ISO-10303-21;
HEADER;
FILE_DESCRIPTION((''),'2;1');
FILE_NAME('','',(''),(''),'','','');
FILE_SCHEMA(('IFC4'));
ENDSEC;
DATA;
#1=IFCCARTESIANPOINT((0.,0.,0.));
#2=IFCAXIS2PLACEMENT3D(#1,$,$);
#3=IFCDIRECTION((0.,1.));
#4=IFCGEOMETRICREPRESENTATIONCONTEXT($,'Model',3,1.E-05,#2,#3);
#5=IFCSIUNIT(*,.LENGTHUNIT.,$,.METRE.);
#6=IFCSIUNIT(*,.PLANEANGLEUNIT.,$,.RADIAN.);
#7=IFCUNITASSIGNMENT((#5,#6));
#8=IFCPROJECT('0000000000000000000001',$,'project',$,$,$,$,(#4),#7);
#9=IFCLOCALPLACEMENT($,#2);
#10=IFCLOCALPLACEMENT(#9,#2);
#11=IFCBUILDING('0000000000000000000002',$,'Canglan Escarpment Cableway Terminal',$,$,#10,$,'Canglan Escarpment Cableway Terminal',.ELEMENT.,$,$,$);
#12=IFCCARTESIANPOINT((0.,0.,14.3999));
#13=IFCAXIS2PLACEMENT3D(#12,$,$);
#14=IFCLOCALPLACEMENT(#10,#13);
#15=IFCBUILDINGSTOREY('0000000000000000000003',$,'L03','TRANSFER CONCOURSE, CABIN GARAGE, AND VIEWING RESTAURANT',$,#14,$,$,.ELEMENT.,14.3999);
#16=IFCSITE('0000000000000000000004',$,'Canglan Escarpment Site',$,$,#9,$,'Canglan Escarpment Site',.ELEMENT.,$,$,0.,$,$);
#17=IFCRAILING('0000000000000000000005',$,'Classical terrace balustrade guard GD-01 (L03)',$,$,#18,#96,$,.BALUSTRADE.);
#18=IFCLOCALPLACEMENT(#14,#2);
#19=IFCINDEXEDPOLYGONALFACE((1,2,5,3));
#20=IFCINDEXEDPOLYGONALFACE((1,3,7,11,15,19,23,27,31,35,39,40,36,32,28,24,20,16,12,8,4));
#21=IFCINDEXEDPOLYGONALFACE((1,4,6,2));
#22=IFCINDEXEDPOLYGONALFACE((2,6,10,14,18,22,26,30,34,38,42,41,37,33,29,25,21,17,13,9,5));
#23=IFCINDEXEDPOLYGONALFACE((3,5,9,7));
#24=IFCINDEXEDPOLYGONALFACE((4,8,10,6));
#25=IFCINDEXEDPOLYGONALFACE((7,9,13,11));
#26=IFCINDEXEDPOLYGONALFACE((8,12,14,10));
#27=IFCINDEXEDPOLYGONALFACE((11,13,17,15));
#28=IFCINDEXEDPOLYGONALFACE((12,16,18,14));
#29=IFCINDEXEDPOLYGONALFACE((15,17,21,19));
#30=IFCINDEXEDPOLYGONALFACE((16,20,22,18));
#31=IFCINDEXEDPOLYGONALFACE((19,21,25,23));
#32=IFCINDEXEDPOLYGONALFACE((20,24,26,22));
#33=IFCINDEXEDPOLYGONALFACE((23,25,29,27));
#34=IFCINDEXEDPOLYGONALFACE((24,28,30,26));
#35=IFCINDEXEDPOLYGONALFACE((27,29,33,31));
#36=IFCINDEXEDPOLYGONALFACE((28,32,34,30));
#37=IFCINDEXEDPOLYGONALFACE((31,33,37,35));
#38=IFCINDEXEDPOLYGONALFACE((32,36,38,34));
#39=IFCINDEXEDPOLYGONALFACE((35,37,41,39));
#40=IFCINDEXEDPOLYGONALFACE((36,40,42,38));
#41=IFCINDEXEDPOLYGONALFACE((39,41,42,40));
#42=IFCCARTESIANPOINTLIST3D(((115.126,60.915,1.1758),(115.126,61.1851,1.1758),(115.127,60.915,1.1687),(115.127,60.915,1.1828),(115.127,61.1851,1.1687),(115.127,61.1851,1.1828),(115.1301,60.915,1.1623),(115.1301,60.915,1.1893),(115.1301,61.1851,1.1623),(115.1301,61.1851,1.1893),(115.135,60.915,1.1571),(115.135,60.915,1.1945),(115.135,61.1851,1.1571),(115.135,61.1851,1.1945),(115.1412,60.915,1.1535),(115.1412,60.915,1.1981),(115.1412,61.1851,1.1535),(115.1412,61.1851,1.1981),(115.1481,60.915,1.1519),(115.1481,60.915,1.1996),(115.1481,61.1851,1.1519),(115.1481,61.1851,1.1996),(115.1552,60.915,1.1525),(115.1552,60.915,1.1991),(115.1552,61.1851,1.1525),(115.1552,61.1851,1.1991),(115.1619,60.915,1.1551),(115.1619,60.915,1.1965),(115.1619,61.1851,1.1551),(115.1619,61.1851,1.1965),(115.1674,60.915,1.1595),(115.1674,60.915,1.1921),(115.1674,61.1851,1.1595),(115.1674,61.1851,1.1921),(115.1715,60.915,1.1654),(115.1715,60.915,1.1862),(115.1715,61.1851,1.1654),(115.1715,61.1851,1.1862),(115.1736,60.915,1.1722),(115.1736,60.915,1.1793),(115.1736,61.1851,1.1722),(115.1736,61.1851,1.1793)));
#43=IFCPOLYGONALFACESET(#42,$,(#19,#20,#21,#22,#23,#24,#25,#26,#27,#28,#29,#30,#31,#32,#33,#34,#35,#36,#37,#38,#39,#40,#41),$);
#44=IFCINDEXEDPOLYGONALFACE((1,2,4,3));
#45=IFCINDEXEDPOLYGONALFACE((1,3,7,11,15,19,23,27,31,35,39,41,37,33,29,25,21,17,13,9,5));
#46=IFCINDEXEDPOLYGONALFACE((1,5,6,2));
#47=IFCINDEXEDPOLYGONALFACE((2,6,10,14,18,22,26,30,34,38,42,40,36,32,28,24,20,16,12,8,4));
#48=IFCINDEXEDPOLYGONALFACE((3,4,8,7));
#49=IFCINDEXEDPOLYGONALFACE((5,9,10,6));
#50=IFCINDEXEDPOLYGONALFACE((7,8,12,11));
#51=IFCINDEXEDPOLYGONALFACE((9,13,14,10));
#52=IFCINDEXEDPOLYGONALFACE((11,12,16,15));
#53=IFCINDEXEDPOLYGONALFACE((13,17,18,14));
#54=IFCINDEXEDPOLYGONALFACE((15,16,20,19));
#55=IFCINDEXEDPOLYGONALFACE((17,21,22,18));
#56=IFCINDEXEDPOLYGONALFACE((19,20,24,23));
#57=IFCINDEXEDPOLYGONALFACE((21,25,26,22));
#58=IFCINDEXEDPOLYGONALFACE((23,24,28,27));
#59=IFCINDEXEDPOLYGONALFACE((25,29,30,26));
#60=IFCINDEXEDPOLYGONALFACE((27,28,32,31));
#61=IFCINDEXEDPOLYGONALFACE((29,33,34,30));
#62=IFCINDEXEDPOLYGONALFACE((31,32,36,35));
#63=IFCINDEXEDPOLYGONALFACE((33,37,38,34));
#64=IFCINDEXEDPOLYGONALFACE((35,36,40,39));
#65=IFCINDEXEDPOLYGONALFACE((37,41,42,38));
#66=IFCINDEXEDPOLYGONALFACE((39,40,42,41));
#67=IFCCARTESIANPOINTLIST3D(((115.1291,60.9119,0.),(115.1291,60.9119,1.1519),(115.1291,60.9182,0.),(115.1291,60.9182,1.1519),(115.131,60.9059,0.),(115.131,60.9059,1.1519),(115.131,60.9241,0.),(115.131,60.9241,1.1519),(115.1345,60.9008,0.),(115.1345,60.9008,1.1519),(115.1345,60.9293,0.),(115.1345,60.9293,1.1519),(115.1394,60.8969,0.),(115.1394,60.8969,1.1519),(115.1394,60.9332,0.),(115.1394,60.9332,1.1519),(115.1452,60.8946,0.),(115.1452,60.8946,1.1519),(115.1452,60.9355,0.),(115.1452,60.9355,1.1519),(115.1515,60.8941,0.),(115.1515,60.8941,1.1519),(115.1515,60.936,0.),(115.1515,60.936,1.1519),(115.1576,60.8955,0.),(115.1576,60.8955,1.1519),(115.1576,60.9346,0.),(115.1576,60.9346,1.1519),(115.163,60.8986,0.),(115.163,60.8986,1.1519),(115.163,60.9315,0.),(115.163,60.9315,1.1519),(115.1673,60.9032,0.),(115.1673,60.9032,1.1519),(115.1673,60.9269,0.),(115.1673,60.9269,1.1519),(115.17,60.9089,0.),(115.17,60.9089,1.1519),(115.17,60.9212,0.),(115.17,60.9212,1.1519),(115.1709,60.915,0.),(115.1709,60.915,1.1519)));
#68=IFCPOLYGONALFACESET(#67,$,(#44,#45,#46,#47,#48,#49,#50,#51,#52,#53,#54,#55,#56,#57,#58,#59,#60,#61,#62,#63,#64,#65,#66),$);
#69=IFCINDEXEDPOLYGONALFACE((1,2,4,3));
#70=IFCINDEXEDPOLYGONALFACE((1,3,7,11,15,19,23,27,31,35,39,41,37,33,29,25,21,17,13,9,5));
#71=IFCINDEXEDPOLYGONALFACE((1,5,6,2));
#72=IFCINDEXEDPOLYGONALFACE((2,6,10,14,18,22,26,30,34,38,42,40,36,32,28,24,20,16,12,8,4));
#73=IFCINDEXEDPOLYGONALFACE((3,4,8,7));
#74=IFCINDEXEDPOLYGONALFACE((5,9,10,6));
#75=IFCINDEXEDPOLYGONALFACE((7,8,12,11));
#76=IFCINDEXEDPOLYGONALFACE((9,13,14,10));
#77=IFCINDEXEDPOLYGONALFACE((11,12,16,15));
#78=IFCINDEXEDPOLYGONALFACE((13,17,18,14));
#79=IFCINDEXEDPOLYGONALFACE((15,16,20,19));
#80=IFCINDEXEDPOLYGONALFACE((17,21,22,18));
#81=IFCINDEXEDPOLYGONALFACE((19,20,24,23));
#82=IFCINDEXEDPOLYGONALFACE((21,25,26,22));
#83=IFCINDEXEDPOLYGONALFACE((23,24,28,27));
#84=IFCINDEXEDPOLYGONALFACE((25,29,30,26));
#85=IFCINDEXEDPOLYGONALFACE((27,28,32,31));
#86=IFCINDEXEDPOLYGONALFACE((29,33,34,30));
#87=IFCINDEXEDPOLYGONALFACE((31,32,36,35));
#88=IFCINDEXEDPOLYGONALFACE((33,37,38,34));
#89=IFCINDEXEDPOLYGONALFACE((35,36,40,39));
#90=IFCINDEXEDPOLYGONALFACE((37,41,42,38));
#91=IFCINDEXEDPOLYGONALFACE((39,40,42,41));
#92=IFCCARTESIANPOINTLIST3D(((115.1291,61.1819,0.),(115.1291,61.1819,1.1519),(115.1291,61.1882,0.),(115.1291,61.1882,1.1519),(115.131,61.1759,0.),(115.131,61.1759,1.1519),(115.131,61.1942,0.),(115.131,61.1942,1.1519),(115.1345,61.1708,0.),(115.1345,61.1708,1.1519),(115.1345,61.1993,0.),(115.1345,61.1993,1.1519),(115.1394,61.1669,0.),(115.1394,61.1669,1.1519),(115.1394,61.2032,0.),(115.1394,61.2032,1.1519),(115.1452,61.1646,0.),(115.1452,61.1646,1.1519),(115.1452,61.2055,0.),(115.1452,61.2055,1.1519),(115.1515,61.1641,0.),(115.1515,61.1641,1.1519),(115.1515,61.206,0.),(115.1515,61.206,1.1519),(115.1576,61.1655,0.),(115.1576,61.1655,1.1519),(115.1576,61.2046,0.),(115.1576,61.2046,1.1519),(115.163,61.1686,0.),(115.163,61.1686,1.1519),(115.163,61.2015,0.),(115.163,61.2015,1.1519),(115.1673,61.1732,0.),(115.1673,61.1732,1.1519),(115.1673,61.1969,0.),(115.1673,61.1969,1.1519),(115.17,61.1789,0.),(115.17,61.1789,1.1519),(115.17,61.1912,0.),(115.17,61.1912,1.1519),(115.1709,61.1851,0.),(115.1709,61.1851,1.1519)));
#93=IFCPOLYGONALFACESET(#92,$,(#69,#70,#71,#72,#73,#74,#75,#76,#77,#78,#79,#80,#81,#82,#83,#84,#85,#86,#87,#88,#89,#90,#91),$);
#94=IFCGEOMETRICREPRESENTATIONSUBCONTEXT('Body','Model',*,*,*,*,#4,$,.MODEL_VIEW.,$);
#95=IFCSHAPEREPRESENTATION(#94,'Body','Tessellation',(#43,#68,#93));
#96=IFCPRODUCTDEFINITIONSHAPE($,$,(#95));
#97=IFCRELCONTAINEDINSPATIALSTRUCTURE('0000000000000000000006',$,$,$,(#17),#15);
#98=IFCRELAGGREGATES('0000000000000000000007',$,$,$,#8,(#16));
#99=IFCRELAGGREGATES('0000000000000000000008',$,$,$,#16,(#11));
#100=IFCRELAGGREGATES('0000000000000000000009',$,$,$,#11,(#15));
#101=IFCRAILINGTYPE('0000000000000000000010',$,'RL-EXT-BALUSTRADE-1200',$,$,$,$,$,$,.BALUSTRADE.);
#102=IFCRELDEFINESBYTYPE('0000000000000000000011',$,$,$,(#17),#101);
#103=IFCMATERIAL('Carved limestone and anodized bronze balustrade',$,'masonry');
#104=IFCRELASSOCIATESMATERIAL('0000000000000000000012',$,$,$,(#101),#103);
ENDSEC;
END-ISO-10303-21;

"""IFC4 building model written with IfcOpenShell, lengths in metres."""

from ifc_helpers import new_model, si_unit, direction, frame, origin, origin_2d, place, context, subcontext, project, spatial, circle, extrude, material, type_object, element, save


model = new_model("IFC4")

# Units and contexts
model_context = context("Model", 3, precision=1e-05, world=origin(), true_north=direction((0.0, 1.0)))
body_context = subcontext(model_context, "Body", "Model", "MODEL_VIEW")
ifc_project = project(units=[si_unit("LENGTHUNIT", "METRE"), si_unit("PLANEANGLEUNIT", "RADIAN")], contexts=[model_context])

# Site, building, storey
site_placement = place(None, origin())
site = spatial("IfcSite", under=ifc_project, at=site_placement, Name="Canglan Escarpment Site", LongName="Canglan Escarpment Site", CompositionType="ELEMENT", RefElevation=0.0)
building_placement = place(site_placement, origin())
building = spatial("IfcBuilding", under=site, at=building_placement, Name="Canglan Escarpment Cableway Terminal", LongName="Canglan Escarpment Cableway Terminal", CompositionType="ELEMENT")
storey_placement = place(building_placement, frame((0.0, 0.0, 14.3999)))
storey = spatial("IfcBuildingStorey", under=building, at=storey_placement, Name="L03", Description="TRANSFER CONCOURSE, CABIN GARAGE, AND VIEWING RESTAURANT", CompositionType="ELEMENT", Elevation=14.3999)

# Railing
ifc_material_1 = material(Name="Carved limestone and anodized bronze balustrade", Category="masonry")
railing_type = type_object("IfcRailingType", Name="RL-EXT-BALUSTRADE-1200", PredefinedType="BALUSTRADE", material=ifc_material_1)
railing_placement = place(storey_placement, frame((115.1499, 60.915, 0.0)))
element("IfcRailing", 1, at=railing_placement, inside=storey, type_object=railing_type, Name="Classical terrace balustrade guard GD-01 (L03)", PredefinedType="BALUSTRADE", context=body_context, shape_type="SweptSolid", body=[
    extrude(circle(Radius=0.0239, at=origin_2d()), frame((0.0, 0.0, 1.1758), z_axis=(0.0, 1.0, 0.0), x_axis=(-1.0, 0.0, 0.0)), (0.0, 0.0, 1.0), 0.27),
    extrude(circle(Radius=0.021, at=origin_2d()), origin(), (0.0, 0.0, 1.0), 1.1519),
    extrude(circle(Radius=0.021, at=origin_2d()), frame((0.0, 0.27, 0.0)), (0.0, 0.0, 1.0), 1.1519),
])

save(model, "model.ifc")
